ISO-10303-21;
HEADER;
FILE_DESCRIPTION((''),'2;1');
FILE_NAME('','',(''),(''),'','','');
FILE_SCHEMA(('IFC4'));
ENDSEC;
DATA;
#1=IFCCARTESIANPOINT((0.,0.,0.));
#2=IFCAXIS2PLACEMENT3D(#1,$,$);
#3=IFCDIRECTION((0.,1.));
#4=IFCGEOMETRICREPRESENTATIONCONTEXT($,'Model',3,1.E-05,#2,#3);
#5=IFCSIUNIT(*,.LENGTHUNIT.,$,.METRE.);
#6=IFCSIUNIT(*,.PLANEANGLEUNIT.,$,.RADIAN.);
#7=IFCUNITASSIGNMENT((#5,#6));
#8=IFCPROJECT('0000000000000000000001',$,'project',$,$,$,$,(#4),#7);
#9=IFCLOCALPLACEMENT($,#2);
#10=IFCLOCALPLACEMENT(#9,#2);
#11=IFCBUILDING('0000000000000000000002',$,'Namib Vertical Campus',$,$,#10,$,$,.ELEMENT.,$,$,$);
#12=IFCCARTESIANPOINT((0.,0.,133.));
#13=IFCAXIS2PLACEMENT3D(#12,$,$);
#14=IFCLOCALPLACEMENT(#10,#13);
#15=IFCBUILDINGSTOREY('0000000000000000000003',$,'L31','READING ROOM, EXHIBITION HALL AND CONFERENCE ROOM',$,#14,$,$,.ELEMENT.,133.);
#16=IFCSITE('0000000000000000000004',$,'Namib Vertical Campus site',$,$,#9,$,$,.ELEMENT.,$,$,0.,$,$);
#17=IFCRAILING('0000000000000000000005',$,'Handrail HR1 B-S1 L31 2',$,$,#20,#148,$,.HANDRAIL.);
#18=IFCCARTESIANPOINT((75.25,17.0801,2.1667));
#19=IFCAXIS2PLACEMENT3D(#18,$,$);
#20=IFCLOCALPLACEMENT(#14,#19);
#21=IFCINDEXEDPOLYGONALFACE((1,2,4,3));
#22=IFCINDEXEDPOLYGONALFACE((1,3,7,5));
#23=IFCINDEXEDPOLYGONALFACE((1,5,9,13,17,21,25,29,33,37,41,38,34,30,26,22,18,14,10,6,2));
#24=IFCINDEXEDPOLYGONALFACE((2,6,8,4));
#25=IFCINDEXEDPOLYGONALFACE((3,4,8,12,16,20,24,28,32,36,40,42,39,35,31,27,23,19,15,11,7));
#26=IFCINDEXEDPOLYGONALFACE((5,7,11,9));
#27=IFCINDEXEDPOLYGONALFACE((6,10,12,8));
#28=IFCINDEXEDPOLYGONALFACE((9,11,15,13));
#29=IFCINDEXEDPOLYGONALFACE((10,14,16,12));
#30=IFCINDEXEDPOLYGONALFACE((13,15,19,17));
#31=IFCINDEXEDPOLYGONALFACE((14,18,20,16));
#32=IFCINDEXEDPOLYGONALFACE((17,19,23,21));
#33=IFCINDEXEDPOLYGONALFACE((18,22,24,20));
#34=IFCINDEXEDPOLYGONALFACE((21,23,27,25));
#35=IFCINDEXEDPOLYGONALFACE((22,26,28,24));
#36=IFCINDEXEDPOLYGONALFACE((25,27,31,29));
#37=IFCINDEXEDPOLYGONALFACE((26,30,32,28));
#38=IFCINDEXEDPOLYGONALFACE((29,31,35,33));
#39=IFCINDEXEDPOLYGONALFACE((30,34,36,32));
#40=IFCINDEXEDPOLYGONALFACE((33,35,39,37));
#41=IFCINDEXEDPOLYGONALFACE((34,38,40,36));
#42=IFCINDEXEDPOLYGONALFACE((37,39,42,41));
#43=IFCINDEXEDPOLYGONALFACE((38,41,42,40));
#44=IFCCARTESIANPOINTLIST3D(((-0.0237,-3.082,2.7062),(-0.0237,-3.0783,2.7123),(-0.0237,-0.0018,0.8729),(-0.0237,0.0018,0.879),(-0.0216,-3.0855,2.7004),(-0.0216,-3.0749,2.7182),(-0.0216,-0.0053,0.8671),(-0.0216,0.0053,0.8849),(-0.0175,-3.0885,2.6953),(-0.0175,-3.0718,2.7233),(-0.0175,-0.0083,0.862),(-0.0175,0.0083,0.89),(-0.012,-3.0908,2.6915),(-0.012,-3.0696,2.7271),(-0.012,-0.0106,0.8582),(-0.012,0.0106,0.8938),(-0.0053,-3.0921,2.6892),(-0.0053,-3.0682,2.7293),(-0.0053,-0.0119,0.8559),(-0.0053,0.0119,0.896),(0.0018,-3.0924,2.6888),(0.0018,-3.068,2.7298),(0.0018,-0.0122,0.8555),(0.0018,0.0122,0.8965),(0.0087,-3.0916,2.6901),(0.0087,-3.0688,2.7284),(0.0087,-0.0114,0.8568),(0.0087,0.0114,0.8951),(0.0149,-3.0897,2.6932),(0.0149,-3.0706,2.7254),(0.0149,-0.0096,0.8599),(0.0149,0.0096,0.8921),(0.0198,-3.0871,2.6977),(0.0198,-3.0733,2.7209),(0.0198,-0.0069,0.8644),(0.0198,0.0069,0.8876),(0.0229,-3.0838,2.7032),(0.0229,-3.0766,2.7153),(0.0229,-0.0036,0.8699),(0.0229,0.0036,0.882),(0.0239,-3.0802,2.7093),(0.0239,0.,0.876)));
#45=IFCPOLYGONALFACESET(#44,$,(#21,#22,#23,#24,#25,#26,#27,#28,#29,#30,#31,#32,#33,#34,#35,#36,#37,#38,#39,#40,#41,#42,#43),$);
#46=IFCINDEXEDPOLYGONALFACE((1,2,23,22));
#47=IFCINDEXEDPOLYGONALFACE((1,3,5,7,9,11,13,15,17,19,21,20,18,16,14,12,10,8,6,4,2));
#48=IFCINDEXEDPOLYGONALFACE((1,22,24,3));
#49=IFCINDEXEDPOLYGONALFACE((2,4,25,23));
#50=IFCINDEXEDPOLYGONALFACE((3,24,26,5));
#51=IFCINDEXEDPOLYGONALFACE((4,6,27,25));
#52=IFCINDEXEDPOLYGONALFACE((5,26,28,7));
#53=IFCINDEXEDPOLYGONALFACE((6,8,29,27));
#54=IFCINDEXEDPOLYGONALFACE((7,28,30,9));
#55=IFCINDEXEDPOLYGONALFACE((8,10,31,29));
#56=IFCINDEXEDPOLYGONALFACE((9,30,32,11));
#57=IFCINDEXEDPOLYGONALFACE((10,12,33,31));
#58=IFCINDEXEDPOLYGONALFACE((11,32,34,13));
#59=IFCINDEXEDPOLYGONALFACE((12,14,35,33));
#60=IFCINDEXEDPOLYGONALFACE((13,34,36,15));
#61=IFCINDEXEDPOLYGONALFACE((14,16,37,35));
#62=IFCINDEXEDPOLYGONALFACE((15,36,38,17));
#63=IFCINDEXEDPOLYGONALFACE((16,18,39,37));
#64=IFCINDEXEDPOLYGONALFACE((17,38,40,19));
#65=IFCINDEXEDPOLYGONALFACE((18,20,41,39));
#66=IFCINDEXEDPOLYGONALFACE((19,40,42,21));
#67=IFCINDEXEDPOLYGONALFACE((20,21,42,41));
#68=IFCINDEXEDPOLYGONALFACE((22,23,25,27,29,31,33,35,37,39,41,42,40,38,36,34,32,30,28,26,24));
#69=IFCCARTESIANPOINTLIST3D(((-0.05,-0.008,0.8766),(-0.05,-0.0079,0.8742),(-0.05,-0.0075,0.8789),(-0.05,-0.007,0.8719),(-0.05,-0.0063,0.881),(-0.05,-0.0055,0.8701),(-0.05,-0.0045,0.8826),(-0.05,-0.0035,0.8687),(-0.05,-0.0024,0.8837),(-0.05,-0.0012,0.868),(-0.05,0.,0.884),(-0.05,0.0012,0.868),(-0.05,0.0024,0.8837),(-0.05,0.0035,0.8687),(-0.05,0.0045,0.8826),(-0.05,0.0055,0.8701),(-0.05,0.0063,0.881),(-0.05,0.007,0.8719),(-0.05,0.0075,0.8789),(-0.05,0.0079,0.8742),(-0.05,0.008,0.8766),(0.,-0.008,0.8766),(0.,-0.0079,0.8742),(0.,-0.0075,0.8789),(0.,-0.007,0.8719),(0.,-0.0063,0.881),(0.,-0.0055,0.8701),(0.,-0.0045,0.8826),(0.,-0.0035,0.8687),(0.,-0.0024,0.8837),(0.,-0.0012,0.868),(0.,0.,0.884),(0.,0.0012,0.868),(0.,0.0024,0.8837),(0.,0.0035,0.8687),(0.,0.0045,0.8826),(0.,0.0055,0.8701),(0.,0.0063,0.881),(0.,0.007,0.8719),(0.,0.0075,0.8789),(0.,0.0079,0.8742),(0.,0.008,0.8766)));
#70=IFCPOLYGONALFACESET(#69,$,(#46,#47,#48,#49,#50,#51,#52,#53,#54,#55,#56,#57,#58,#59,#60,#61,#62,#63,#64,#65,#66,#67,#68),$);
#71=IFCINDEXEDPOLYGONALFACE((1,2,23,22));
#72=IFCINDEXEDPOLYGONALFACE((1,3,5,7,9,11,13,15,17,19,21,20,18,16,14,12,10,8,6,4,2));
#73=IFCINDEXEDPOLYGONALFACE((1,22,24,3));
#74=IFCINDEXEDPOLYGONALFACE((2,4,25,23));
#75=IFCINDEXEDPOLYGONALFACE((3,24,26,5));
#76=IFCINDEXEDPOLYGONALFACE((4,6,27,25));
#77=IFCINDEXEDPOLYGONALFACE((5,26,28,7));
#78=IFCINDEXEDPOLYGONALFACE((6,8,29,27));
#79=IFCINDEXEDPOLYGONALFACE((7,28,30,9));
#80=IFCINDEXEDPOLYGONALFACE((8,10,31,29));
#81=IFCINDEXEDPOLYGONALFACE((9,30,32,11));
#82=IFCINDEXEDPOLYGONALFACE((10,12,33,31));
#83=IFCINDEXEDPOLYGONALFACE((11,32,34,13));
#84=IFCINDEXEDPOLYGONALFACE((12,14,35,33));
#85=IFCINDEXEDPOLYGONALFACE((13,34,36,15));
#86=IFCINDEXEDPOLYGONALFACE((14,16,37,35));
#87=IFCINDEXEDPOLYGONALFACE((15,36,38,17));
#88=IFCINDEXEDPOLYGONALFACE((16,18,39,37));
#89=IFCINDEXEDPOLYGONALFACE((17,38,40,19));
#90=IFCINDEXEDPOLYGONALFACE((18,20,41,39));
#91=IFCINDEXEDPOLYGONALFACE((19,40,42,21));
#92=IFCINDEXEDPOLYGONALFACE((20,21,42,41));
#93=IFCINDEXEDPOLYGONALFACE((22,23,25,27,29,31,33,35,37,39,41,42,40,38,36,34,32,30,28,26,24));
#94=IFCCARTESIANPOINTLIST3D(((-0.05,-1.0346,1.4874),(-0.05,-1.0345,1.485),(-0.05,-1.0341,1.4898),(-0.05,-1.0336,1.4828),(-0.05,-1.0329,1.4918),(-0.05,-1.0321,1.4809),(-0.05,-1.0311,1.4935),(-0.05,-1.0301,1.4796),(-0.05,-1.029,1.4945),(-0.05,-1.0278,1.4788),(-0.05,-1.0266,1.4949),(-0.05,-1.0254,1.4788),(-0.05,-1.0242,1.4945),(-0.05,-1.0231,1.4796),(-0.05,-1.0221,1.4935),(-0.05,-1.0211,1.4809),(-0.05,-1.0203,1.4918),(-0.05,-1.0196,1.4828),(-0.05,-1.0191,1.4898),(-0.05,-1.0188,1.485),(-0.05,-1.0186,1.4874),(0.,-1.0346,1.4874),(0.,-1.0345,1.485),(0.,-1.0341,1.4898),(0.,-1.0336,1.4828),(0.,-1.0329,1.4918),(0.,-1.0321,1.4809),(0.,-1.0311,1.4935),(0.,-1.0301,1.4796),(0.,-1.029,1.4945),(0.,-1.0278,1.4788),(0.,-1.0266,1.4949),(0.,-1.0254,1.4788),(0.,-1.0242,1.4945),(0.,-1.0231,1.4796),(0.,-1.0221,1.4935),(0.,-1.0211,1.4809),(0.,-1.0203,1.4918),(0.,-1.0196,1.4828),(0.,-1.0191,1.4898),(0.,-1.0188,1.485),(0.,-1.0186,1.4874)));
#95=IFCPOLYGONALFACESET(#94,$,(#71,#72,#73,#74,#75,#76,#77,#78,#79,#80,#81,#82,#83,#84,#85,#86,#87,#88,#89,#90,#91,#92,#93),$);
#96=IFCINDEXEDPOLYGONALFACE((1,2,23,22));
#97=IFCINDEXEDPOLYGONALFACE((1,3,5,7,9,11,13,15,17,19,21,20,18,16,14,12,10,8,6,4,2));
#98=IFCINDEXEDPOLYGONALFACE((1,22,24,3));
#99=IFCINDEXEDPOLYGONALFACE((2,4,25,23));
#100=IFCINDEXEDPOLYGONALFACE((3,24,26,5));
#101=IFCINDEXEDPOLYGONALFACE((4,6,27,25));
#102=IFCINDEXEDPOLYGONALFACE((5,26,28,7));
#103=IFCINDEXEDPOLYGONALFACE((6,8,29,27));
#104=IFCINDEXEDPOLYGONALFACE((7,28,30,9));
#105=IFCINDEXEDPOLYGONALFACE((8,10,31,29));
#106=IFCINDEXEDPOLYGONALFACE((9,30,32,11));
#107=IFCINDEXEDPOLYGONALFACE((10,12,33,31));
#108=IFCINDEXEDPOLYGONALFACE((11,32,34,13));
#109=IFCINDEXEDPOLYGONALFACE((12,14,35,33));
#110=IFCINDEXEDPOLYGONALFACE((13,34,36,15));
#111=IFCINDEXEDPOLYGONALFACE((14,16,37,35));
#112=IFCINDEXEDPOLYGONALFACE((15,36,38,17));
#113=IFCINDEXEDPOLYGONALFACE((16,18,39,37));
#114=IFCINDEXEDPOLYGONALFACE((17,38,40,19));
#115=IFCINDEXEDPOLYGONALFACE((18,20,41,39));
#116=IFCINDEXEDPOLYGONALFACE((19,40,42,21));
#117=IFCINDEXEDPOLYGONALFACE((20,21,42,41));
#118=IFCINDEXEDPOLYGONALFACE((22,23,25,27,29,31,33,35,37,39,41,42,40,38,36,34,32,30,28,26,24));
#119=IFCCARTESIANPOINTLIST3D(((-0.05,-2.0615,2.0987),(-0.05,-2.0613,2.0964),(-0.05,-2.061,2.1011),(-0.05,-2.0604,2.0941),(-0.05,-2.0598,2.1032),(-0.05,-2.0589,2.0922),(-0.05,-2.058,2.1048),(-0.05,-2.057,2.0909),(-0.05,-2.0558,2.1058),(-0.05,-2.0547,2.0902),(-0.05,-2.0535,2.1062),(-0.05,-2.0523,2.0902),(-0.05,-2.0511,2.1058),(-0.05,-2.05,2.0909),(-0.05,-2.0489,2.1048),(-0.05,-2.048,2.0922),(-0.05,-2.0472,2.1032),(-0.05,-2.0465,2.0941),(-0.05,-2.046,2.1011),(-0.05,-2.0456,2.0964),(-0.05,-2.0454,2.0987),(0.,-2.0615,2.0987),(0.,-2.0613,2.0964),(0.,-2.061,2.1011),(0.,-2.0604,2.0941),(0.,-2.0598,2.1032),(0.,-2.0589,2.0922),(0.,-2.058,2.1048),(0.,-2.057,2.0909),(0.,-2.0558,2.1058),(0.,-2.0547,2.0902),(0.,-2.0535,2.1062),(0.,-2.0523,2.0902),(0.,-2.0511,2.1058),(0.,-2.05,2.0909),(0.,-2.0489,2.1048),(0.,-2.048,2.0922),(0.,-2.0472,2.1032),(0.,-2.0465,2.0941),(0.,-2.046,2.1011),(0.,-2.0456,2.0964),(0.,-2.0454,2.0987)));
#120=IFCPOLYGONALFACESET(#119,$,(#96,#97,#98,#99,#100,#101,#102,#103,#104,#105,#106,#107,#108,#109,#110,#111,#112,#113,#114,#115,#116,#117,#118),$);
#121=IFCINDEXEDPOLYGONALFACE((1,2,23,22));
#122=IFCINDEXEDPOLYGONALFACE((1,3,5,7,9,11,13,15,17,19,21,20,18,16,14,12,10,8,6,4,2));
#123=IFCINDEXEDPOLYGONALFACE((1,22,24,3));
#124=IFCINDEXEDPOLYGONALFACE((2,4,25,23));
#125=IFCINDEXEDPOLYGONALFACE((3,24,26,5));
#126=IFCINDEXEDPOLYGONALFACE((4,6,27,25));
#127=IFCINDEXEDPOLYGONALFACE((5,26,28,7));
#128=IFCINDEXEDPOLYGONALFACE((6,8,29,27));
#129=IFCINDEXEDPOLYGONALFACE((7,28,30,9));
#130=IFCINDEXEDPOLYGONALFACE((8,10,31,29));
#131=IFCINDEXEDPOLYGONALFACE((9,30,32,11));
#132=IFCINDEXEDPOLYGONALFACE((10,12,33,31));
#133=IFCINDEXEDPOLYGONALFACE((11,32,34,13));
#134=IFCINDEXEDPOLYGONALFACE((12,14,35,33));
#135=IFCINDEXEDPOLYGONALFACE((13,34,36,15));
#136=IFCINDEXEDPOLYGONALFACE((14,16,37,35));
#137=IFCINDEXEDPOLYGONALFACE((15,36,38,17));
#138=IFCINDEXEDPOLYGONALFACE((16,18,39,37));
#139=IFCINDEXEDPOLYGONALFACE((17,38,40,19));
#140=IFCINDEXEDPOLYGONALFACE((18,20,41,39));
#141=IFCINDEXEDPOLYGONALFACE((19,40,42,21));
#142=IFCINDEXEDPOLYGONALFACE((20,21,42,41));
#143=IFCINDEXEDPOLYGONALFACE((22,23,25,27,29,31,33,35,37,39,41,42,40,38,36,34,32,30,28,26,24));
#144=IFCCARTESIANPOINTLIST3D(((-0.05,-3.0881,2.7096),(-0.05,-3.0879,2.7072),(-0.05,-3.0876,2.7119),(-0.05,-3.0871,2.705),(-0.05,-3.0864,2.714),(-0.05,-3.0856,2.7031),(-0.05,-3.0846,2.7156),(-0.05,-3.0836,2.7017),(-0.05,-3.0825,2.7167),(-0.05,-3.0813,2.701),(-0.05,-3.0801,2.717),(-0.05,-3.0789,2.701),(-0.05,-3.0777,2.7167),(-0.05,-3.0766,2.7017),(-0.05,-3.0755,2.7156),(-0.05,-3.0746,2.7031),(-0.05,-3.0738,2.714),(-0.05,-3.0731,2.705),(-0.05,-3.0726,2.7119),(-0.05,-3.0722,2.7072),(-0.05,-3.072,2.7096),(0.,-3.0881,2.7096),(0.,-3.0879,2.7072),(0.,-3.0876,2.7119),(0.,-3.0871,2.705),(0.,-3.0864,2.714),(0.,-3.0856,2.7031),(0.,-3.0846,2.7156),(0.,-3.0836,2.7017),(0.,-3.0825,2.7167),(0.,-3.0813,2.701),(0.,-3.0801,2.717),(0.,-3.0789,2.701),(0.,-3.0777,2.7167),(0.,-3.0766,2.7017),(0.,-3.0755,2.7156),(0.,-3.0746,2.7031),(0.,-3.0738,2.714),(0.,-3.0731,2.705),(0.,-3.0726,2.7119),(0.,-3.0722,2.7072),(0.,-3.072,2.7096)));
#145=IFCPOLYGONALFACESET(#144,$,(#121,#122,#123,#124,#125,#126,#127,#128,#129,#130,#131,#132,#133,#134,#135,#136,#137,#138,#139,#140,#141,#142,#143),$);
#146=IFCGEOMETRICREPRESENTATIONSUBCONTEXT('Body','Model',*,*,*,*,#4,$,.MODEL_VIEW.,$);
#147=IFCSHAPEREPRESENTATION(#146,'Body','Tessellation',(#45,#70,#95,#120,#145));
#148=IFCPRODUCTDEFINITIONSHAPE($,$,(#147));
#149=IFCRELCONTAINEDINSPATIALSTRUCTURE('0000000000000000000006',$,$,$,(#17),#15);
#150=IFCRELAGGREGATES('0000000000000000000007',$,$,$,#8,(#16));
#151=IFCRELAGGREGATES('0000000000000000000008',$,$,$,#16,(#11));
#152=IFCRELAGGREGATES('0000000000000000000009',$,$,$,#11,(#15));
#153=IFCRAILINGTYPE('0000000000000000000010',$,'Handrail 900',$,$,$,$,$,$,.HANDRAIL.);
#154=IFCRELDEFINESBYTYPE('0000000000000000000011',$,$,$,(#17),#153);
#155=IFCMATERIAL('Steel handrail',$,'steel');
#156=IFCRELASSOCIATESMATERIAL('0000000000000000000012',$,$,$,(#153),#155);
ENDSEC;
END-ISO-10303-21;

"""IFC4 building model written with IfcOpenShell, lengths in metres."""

from ifc_helpers import new_model, si_unit, direction, frame, origin, origin_2d, place, context, subcontext, project, spatial, circle, extrude, material, type_object, element, save


model = new_model("IFC4")

# Units and contexts
model_context = context("Model", 3, precision=1e-05, world=origin(), true_north=direction((0.0, 1.0)))
body_context = subcontext(model_context, "Body", "Model", "MODEL_VIEW")
ifc_project = project(units=[si_unit("LENGTHUNIT", "METRE"), si_unit("PLANEANGLEUNIT", "RADIAN")], contexts=[model_context])

# Site, building, storey
site_placement = place(None, origin())
site = spatial("IfcSite", under=ifc_project, at=site_placement, Name="Namib Vertical Campus site", CompositionType="ELEMENT", RefElevation=0.0)
building_placement = place(site_placement, origin())
building = spatial("IfcBuilding", under=site, at=building_placement, Name="Namib Vertical Campus", CompositionType="ELEMENT")
storey_placement = place(building_placement, frame((0.0, 0.0, 133.0)))
storey = spatial("IfcBuildingStorey", under=building, at=storey_placement, Name="L31", Description="READING ROOM, EXHIBITION HALL AND CONFERENCE ROOM", CompositionType="ELEMENT", Elevation=133.0)

# Railing
ifc_material_1 = material(Name="Steel handrail", Category="steel")
railing_type_1 = type_object("IfcRailingType", Name="Handrail 900", PredefinedType="HANDRAIL", material=ifc_material_1)
railing_1_placement = place(storey_placement, frame((75.25, 17.0801, 2.1667)))
element("IfcRailing", 1, at=railing_1_placement, inside=storey, type_object=railing_type_1, Name="Handrail HR1 B-S1 L31 2", PredefinedType="HANDRAIL", context=body_context, shape_type="SweptSolid", body=[
    extrude(circle(Radius=0.0239, at=origin_2d()), frame((0.0, 0.0, 0.876), z_axis=(0.0, -0.859309, 0.511458), x_axis=(1.0, 0.0, 0.0)), (0.0, 0.0, 1.0), 3.5845),
    extrude(circle(Radius=0.0081, at=origin_2d()), frame((0.0, 0.0, 0.876), z_axis=(-1.0, 0.0, 0.0), x_axis=(0.0, 0.0, 1.0)), (0.0, 0.0, 1.0), 0.05),
    extrude(circle(Radius=0.0081, at=origin_2d()), frame((0.0, -1.0266, 1.4868), z_axis=(-1.0, 0.0, 0.0), x_axis=(0.0, 0.0, 1.0)), (0.0, 0.0, 1.0), 0.05),
    extrude(circle(Radius=0.0081, at=origin_2d()), frame((0.0, -2.0535, 2.0981), z_axis=(-1.0, 0.0, 0.0), x_axis=(0.0, 0.0, 1.0)), (0.0, 0.0, 1.0), 0.05),
    extrude(circle(Radius=0.0081, at=origin_2d()), frame((0.0, -3.0801, 2.709), z_axis=(-1.0, 0.0, 0.0), x_axis=(0.0, 0.0, 1.0)), (0.0, 0.0, 1.0), 0.05),
])

save(model, "model.ifc")
